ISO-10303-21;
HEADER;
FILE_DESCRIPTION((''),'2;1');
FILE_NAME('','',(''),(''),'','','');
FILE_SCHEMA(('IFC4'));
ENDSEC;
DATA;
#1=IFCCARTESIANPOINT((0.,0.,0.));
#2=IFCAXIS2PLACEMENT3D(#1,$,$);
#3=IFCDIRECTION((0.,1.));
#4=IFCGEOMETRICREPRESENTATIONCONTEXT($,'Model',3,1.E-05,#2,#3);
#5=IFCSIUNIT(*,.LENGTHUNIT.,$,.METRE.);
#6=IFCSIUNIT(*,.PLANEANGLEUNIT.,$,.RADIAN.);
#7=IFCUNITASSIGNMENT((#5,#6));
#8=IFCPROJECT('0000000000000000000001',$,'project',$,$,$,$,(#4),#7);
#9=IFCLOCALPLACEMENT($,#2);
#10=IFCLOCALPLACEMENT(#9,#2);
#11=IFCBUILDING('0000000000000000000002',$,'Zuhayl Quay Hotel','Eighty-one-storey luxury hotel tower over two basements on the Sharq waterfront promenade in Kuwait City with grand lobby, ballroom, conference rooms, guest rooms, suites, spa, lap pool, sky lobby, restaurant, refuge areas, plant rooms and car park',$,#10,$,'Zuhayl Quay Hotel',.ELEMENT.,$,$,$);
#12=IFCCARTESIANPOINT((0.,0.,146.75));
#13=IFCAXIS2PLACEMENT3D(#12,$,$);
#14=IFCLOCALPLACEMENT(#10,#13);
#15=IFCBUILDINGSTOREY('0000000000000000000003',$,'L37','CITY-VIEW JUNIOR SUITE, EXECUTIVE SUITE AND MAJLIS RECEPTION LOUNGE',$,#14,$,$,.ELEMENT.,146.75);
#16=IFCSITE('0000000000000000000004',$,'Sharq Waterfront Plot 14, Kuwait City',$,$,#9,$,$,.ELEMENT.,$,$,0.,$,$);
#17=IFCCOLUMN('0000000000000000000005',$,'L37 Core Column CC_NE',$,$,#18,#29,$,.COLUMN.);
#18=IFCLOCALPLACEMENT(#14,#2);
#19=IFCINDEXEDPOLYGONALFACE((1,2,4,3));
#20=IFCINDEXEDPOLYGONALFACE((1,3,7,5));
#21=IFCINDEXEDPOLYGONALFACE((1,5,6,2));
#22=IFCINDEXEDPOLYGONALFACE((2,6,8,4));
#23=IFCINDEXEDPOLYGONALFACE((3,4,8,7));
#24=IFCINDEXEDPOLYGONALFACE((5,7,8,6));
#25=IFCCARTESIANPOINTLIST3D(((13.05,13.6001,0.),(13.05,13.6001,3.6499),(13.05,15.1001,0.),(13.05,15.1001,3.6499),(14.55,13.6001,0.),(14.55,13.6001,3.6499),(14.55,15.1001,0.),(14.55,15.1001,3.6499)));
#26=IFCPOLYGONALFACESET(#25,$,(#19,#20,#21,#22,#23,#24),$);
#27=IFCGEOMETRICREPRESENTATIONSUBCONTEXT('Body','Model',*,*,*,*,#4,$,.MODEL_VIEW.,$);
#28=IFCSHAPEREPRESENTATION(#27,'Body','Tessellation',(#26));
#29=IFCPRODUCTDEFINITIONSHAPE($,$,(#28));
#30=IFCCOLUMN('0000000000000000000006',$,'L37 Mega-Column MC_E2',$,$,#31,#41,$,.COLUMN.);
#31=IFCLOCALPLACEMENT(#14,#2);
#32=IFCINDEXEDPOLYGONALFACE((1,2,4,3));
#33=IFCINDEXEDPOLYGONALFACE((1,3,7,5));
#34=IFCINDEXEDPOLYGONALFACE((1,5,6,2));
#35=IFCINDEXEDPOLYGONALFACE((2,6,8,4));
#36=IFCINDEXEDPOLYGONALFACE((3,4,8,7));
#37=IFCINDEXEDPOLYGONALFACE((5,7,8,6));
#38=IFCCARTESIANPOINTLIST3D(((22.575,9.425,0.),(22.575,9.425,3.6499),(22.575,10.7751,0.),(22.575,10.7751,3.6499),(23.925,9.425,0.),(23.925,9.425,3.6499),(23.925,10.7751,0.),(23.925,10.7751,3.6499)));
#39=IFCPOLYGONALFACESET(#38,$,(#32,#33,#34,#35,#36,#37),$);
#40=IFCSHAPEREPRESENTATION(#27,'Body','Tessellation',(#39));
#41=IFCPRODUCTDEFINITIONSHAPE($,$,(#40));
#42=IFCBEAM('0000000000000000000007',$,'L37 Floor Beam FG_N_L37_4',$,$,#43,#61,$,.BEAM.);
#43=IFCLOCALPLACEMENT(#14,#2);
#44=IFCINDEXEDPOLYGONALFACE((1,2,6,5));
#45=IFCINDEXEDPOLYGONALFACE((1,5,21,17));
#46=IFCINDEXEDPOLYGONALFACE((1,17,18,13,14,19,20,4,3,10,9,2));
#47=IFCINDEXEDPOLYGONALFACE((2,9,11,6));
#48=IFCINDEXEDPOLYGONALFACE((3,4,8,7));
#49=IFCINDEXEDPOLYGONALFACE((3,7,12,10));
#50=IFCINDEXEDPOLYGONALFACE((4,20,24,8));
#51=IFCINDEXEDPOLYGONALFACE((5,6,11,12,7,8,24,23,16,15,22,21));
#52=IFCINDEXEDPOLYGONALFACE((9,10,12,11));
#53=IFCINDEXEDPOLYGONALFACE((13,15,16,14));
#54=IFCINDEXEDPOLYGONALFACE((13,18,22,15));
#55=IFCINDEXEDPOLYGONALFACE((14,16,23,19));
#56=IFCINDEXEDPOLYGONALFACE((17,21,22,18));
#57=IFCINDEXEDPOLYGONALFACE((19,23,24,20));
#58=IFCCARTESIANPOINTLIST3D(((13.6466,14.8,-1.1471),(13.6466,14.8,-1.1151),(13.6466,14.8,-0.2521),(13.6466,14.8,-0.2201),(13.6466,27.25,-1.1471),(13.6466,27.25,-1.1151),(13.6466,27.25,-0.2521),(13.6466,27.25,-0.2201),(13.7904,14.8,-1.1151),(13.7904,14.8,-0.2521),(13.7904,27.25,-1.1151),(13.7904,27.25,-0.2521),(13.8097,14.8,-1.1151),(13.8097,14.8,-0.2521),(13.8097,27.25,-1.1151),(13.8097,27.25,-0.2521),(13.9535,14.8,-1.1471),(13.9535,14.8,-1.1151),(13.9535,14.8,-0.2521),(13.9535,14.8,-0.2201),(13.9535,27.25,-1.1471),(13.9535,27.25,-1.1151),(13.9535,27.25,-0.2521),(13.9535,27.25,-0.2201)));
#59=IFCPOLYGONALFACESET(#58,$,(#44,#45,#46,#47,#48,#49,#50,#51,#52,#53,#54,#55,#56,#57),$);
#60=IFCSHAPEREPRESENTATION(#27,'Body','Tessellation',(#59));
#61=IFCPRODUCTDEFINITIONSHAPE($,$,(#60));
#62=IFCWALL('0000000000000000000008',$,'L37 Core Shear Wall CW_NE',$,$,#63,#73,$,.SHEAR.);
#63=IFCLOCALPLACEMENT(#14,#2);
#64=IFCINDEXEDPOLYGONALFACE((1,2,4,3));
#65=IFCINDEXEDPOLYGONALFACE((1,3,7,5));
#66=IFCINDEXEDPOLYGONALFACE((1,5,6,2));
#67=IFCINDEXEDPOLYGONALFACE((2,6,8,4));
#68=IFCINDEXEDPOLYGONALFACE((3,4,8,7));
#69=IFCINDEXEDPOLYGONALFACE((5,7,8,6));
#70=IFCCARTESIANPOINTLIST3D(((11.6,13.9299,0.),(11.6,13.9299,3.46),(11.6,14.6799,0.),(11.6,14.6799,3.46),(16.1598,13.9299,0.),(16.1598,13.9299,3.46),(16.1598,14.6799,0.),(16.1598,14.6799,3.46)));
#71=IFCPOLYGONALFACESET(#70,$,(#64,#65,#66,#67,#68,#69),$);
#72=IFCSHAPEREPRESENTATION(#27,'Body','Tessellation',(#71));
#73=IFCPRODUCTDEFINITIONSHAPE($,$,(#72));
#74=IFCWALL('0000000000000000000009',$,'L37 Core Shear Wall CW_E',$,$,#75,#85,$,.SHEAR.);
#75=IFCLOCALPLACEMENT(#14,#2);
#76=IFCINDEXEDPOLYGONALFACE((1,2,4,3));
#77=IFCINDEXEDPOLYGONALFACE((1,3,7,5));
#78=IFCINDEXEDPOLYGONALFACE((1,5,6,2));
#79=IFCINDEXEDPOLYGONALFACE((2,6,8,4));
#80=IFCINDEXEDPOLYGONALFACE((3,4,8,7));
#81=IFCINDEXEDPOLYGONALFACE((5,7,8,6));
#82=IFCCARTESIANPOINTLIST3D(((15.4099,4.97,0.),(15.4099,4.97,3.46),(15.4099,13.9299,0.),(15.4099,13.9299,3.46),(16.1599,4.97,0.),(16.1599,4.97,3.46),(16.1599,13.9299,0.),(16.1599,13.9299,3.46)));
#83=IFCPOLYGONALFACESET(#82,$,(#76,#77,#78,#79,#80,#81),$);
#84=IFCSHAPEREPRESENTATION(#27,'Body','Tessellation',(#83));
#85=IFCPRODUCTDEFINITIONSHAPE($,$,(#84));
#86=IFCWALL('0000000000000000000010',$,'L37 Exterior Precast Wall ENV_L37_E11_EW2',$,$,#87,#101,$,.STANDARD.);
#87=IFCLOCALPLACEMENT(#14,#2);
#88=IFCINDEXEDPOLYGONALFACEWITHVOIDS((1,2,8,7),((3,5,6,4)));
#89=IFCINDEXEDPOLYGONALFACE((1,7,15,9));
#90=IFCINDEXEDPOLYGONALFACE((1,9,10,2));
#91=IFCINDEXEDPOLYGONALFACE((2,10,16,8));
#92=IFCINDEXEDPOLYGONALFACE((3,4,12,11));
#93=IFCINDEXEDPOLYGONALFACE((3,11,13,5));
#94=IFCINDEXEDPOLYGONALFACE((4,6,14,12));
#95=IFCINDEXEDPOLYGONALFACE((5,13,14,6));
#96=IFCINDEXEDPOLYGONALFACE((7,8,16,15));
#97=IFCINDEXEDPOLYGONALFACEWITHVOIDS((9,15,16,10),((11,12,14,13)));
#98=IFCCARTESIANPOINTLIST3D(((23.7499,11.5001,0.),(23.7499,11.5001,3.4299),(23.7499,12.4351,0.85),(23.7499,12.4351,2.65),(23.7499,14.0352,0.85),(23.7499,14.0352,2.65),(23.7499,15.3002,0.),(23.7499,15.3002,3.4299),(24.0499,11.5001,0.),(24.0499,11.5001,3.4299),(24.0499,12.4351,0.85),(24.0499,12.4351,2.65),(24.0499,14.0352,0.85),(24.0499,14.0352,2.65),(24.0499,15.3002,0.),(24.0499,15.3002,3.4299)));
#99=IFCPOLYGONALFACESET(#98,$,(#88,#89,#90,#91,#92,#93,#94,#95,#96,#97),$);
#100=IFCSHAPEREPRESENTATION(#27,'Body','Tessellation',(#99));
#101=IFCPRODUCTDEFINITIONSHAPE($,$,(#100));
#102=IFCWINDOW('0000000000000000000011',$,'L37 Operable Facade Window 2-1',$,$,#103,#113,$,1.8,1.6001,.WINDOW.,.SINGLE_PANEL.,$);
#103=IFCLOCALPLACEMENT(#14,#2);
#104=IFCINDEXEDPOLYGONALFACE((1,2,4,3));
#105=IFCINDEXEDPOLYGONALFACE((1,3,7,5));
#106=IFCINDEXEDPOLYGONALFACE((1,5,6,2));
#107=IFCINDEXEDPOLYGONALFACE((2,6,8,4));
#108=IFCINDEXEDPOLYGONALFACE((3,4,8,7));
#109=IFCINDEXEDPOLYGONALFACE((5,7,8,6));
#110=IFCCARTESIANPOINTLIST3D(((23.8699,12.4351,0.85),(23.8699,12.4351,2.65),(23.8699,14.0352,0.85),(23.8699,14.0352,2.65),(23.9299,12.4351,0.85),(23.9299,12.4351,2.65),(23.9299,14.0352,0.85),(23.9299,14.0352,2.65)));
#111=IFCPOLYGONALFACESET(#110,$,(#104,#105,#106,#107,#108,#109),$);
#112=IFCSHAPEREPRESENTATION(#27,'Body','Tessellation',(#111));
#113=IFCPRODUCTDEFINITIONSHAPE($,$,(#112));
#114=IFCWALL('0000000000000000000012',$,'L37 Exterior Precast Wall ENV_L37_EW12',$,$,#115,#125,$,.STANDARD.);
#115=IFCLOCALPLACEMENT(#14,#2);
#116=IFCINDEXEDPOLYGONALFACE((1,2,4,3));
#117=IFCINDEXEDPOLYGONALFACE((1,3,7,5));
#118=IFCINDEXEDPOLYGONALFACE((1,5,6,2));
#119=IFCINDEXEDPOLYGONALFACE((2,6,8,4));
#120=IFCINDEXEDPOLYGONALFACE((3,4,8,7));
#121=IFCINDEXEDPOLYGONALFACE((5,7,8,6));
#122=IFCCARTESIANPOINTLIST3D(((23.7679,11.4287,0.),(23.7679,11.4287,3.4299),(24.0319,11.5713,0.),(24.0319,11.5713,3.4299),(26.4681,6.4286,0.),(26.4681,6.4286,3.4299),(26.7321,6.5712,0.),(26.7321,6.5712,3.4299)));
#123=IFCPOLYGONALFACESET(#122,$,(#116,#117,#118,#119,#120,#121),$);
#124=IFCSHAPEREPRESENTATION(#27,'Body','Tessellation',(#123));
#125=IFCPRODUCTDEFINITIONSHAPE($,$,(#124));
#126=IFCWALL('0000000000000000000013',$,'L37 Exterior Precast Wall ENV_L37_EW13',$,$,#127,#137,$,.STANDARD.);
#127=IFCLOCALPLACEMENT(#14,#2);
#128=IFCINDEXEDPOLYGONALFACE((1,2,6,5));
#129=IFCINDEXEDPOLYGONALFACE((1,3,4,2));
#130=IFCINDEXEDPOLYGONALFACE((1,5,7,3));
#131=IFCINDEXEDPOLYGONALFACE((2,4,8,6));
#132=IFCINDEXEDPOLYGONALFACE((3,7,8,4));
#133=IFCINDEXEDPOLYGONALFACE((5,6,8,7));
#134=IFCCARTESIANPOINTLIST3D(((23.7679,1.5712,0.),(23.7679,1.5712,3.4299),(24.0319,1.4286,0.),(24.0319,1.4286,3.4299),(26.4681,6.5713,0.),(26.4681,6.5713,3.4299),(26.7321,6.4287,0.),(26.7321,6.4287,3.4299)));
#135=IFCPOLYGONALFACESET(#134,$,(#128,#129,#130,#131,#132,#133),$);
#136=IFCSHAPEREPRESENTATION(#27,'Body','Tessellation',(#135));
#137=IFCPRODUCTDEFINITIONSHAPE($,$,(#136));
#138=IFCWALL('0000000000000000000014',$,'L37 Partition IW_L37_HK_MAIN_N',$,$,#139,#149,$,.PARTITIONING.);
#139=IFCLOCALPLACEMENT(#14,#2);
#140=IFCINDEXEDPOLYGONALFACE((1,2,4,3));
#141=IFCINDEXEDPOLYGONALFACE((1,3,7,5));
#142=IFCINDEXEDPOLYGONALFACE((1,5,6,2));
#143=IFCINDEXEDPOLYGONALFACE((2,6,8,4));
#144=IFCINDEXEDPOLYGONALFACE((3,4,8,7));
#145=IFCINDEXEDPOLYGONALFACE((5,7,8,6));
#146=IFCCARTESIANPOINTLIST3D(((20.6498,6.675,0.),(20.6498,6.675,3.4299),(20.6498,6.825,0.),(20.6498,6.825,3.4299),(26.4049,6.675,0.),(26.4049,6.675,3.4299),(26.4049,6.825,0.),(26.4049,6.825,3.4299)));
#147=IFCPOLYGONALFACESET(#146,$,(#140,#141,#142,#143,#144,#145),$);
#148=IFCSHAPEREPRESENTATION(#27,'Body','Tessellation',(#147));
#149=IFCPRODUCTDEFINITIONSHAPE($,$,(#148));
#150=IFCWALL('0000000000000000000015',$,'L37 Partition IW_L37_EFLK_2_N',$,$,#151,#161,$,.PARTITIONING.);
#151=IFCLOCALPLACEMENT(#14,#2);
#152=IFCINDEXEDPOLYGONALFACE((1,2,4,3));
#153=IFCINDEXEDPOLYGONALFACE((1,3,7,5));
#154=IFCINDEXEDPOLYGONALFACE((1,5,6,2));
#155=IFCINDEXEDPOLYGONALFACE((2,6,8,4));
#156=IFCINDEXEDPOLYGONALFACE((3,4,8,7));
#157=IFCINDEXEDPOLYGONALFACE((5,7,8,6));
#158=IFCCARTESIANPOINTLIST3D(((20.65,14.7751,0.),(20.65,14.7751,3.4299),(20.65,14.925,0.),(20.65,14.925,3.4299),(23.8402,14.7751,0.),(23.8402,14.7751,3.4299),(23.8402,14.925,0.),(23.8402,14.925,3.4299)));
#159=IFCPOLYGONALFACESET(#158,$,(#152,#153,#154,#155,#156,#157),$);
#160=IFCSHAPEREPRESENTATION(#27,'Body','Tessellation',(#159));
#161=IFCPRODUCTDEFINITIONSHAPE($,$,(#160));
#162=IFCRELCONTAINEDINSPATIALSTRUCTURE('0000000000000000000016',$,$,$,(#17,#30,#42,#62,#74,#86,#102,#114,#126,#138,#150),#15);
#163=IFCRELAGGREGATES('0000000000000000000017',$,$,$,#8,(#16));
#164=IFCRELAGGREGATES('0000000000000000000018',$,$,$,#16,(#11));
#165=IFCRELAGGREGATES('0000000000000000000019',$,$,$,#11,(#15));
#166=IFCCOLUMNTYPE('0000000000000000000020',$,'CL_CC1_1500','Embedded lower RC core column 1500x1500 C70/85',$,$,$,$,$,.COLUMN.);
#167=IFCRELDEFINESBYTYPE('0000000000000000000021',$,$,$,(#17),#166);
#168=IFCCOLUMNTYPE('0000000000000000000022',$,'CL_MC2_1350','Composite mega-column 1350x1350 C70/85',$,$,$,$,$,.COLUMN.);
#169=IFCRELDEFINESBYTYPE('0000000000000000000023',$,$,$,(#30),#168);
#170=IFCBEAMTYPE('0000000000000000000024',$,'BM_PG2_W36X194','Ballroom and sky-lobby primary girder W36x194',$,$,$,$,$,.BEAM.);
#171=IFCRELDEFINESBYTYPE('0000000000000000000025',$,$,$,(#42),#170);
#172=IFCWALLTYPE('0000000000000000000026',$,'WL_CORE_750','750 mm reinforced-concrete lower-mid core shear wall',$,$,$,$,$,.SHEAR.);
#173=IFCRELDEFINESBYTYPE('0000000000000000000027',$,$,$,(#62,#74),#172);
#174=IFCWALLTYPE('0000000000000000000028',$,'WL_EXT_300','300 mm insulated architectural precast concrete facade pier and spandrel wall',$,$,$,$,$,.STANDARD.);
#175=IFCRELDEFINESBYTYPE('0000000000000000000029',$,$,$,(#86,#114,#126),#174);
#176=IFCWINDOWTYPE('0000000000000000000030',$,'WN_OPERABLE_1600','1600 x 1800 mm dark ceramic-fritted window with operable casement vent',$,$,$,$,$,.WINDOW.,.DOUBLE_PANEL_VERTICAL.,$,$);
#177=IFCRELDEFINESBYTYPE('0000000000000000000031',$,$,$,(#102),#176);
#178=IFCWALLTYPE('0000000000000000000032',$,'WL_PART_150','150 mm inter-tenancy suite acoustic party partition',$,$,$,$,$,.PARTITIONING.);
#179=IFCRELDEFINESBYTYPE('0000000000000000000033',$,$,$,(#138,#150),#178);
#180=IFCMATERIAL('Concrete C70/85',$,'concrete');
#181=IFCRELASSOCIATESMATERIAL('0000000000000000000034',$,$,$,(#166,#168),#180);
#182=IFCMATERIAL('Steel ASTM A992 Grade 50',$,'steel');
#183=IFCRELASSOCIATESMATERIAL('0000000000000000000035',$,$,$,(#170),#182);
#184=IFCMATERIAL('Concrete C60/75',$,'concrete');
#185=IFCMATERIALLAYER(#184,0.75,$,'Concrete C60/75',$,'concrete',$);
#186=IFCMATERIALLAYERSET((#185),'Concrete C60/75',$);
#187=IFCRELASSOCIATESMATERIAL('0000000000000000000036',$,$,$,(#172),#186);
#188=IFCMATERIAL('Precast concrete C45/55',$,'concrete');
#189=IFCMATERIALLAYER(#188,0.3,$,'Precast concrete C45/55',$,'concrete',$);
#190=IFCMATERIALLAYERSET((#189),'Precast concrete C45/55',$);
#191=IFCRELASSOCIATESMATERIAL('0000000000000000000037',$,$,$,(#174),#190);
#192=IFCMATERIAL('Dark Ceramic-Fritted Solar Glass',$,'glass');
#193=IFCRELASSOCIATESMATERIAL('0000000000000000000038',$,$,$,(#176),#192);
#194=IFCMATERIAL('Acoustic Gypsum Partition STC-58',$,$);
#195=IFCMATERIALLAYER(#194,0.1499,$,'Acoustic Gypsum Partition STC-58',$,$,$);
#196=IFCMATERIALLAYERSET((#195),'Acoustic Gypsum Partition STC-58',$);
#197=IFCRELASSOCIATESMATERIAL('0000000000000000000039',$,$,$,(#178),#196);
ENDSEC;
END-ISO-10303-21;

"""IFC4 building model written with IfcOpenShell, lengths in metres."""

from ifc_helpers import new_model, si_unit, direction, frame, frame_2d, origin, origin_2d, place, context, subcontext, project, spatial, rectangle, i_section, extrude, material, layer, layer_set, material_profile, profile_set, type_object, element, fill, save


model = new_model("IFC4")

# Units and contexts
model_context = context("Model", 3, precision=1e-05, world=origin(), true_north=direction((0.0, 1.0)))
body_context = subcontext(model_context, "Body", "Model", "MODEL_VIEW")
ifc_project = project(units=[si_unit("LENGTHUNIT", "METRE"), si_unit("PLANEANGLEUNIT", "RADIAN")], contexts=[model_context])

# Site, building, storey
site_placement = place(None, origin())
site = spatial("IfcSite", under=ifc_project, at=site_placement, Name="Sharq Waterfront Plot 14, Kuwait City", CompositionType="ELEMENT", RefElevation=0.0)
building_placement = place(site_placement, origin())
building = spatial("IfcBuilding", under=site, at=building_placement, Name="Zuhayl Quay Hotel", Description="Eighty-one-storey luxury hotel tower over two basements on the Sharq waterfront promenade in Kuwait City with grand lobby, ballroom, conference rooms, guest rooms, suites, spa, lap pool, sky lobby, restaurant, refuge areas, plant rooms and car park", LongName="Zuhayl Quay Hotel", CompositionType="ELEMENT")
storey_placement = place(building_placement, frame((0.0, 0.0, 146.75)))
storey = spatial("IfcBuildingStorey", under=building, at=storey_placement, Name="L37", Description="CITY-VIEW JUNIOR SUITE, EXECUTIVE SUITE AND MAJLIS RECEPTION LOUNGE", CompositionType="ELEMENT", Elevation=146.75)

# Columns
ifc_material_1 = material(Name="Concrete C70/85", Category="concrete")
ifc_material_profile_1 = material_profile(ifc_material_1, rectangle(XDim=1.5, YDim=1.5, at=origin_2d()), Name="RC1500X1500")
ifc_profile_set_1 = profile_set([ifc_material_profile_1], Name="Concrete C70/85")
column_type_1 = type_object("IfcColumnType", Name="CL_CC1_1500", Description="Embedded lower RC core column 1500x1500 C70/85", PredefinedType="COLUMN", material=ifc_profile_set_1)
column_1_placement = place(storey_placement, frame((13.8, 14.3501, 0.0), z_axis=(0.0, 0.0, 1.0), x_axis=(1.0, 0.0, 0.0)))
element("IfcColumn", 1, at=column_1_placement, inside=storey, type_object=column_type_1, Name="L37 Core Column CC_NE", PredefinedType="COLUMN", context=body_context, shape_type="SweptSolid", body=[
    extrude(rectangle(XDim=1.5, YDim=1.5, at=origin_2d()), origin(), (0.0, 0.0, 1.0), 3.6499),
])
ifc_material_profile_2 = material_profile(ifc_material_1, rectangle(XDim=1.3501, YDim=1.3501, at=origin_2d()), Name="RC1350X1350")
ifc_profile_set_2 = profile_set([ifc_material_profile_2], Name="Concrete C70/85")
column_type_2 = type_object("IfcColumnType", Name="CL_MC2_1350", Description="Composite mega-column 1350x1350 C70/85", PredefinedType="COLUMN", material=ifc_profile_set_2)
column_2_placement = place(storey_placement, frame((23.25, 10.1001, 0.0), z_axis=(0.0, 0.0, 1.0), x_axis=(1.0, 0.0, 0.0)))
element("IfcColumn", 2, at=column_2_placement, inside=storey, type_object=column_type_2, Name="L37 Mega-Column MC_E2", PredefinedType="COLUMN", context=body_context, shape_type="SweptSolid", body=[
    extrude(rectangle(XDim=1.3501, YDim=1.3501, at=origin_2d()), origin(), (0.0, 0.0, 1.0), 3.6499),
])

# Beam
ifc_material_2 = material(Name="Steel ASTM A992 Grade 50", Category="steel")
ifc_material_profile_3 = material_profile(ifc_material_2, i_section(OverallWidth=0.3069, OverallDepth=0.927, WebThickness=0.0193, FlangeThickness=0.032, at=origin_2d()), Name="W36X194")
ifc_profile_set_3 = profile_set([ifc_material_profile_3], Name="Steel ASTM A992 Grade 50")
beam_type = type_object("IfcBeamType", Name="BM_PG2_W36X194", Description="Ballroom and sky-lobby primary girder W36x194", PredefinedType="BEAM", material=ifc_profile_set_3)
beam_placement = place(storey_placement, frame((13.8, 14.8, -0.6836), z_axis=(0.0, 1.0, 0.0), x_axis=(-1.0, 0.0, 0.0)))
element("IfcBeam", 3, at=beam_placement, inside=storey, type_object=beam_type, Name="L37 Floor Beam FG_N_L37_4", PredefinedType="BEAM", context=body_context, shape_type="SweptSolid", body=[
    extrude(i_section(OverallWidth=0.3069, OverallDepth=0.927, WebThickness=0.0193, FlangeThickness=0.032, at=origin_2d()), origin(), (0.0, 0.0, 1.0), 12.45),
])

# Walls
ifc_material_3 = material(Name="Concrete C60/75", Category="concrete")
ifc_layer_1 = layer(ifc_material_3, 0.75, Name="Concrete C60/75", Category="concrete")
ifc_layer_set_1 = layer_set([ifc_layer_1], Name="Concrete C60/75")
wall_type_1 = type_object("IfcWallType", Name="WL_CORE_750", Description="750 mm reinforced-concrete lower-mid core shear wall", PredefinedType="SHEAR", material=ifc_layer_set_1)
wall_1_placement = place(storey_placement, frame((11.6001, 14.3049, 0.0), z_axis=(0.0, 0.0, 1.0), x_axis=(1.0, 0.0, 0.0)))
element("IfcWall", 4, at=wall_1_placement, inside=storey, type_object=wall_type_1, Name="L37 Core Shear Wall CW_NE", PredefinedType="SHEAR", context=body_context, shape_type="SweptSolid", body=[
    extrude(rectangle(XDim=4.5598, YDim=0.75, at=frame_2d((2.2798, 0.0))), origin(), (0.0, 0.0, 1.0), 3.46),
])
wall_2_placement = place(storey_placement, frame((15.7849, 4.97, 0.0), z_axis=(0.0, 0.0, 1.0), x_axis=(0.0, 1.0, 0.0)))
element("IfcWall", 5, at=wall_2_placement, inside=storey, type_object=wall_type_1, Name="L37 Core Shear Wall CW_E", PredefinedType="SHEAR", context=body_context, shape_type="SweptSolid", body=[
    extrude(rectangle(XDim=8.96, YDim=0.75, at=frame_2d((4.48, 0.0))), origin(), (0.0, 0.0, 1.0), 3.46),
])

# Wall, opening, window
ifc_material_4 = material(Name="Precast concrete C45/55", Category="concrete")
ifc_layer_2 = layer(ifc_material_4, 0.3, Name="Precast concrete C45/55", Category="concrete")
ifc_layer_set_2 = layer_set([ifc_layer_2], Name="Precast concrete C45/55")
wall_type_2 = type_object("IfcWallType", Name="WL_EXT_300", Description="300 mm insulated architectural precast concrete facade pier and spandrel wall", PredefinedType="STANDARD", material=ifc_layer_set_2)
wall_3_placement = place(storey_placement, frame((23.8999, 15.3, 0.0), z_axis=(0.0, 0.0, 1.0), x_axis=(0.0, -1.0, 0.0)))
wall_3 = element("IfcWall", 6, at=wall_3_placement, inside=storey, type_object=wall_type_2, Name="L37 Exterior Precast Wall ENV_L37_E11_EW2", PredefinedType="STANDARD", context=body_context, shape_type="SweptSolid", body=[
    extrude(rectangle(XDim=3.8, YDim=0.3, at=frame_2d((1.8999, 0.0))), origin(), (0.0, 0.0, 1.0), 3.4299),
])
opening_1_placement = place(wall_3_placement, frame((1.2649, 0.0, 0.8501)))
opening_1 = element("IfcOpeningElement", 7, at=opening_1_placement, cuts=wall_3, PredefinedType="OPENING", context=body_context, shape_type="SweptSolid", body=[
    extrude(rectangle(XDim=1.6001, YDim=1.8, at=frame_2d((0.8, 0.8999))), frame((0.0, 0.1599, 0.0), z_axis=(0.0, -1.0, 0.0), x_axis=(1.0, 0.0, 0.0)), (0.0, 0.0, 1.0), 0.3201),
])
ifc_material_5 = material(Name="Dark Ceramic-Fritted Solar Glass", Category="glass")
window_type = type_object("IfcWindowType", Name="WN_OPERABLE_1600", Description="1600 x 1800 mm dark ceramic-fritted window with operable casement vent", PartitioningType="DOUBLE_PANEL_VERTICAL", PredefinedType="WINDOW", material=ifc_material_5)
window_placement = place(opening_1_placement, origin())
window = element("IfcWindow", 8, at=window_placement, inside=storey, type_object=window_type, Name="L37 Operable Facade Window 2-1", OverallHeight=1.8, OverallWidth=1.6001, PartitioningType="SINGLE_PANEL", PredefinedType="WINDOW", context=body_context, shape_type="SweptSolid", body=[
    extrude(rectangle(XDim=1.6001, YDim=1.8, at=frame_2d((0.8, 0.8999))), frame((0.0, 0.03, 0.0), z_axis=(0.0, -1.0, 0.0), x_axis=(1.0, 0.0, 0.0)), (0.0, 0.0, 1.0), 0.0601),
])
fill(opening_1, window)

# Walls
for number, where, z_axis, x_axis, name in (
    (9, (23.8999, 11.5, 0.0), (0.0, 0.0, 1.0), (0.475176, -0.879891, 0.0), "L37 Exterior Precast Wall ENV_L37_EW12"),
    (10, (26.6001, 6.5, 0.0), (0.0, 0.0, 1.0), (-0.475176, -0.879891, 0.0), "L37 Exterior Precast Wall ENV_L37_EW13"),
):
    element("IfcWall", number, at=place(storey_placement, frame(where, z_axis=z_axis, x_axis=x_axis)), inside=storey, type_object=wall_type_2, Name=name, PredefinedType="STANDARD", context=body_context, shape_type="SweptSolid", body=[
        extrude(rectangle(XDim=5.6826, YDim=0.3, at=frame_2d((2.8413, 0.0))), origin(), (0.0, 0.0, 1.0), 3.4299),
    ])
ifc_material_6 = material(Name="Acoustic Gypsum Partition STC-58")
ifc_layer_3 = layer(ifc_material_6, 0.1499, Name="Acoustic Gypsum Partition STC-58")
ifc_layer_set_3 = layer_set([ifc_layer_3], Name="Acoustic Gypsum Partition STC-58")
wall_type_3 = type_object("IfcWallType", Name="WL_PART_150", Description="150 mm inter-tenancy suite acoustic party partition", PredefinedType="PARTITIONING", material=ifc_layer_set_3)
wall_4_placement = place(storey_placement, frame((20.6499, 6.75, 0.0), z_axis=(0.0, 0.0, 1.0), x_axis=(1.0, 0.0, 0.0)))
element("IfcWall", 11, at=wall_4_placement, inside=storey, type_object=wall_type_3, Name="L37 Partition IW_L37_HK_MAIN_N", PredefinedType="PARTITIONING", context=body_context, shape_type="SweptSolid", body=[
    extrude(rectangle(XDim=5.7551, YDim=0.1499, at=frame_2d((2.8774, 0.0))), origin(), (0.0, 0.0, 1.0), 3.4299),
])
wall_5_placement = place(storey_placement, frame((20.6499, 14.8501, 0.0), z_axis=(0.0, 0.0, 1.0), x_axis=(1.0, 0.0, 0.0)))
element("IfcWall", 12, at=wall_5_placement, inside=storey, type_object=wall_type_3, Name="L37 Partition IW_L37_EFLK_2_N", PredefinedType="PARTITIONING", context=body_context, shape_type="SweptSolid", body=[
    extrude(rectangle(XDim=3.1902, YDim=0.1499, at=frame_2d((1.5952, 0.0))), origin(), (0.0, 0.0, 1.0), 3.4299),
])

save(model, "model.ifc")
